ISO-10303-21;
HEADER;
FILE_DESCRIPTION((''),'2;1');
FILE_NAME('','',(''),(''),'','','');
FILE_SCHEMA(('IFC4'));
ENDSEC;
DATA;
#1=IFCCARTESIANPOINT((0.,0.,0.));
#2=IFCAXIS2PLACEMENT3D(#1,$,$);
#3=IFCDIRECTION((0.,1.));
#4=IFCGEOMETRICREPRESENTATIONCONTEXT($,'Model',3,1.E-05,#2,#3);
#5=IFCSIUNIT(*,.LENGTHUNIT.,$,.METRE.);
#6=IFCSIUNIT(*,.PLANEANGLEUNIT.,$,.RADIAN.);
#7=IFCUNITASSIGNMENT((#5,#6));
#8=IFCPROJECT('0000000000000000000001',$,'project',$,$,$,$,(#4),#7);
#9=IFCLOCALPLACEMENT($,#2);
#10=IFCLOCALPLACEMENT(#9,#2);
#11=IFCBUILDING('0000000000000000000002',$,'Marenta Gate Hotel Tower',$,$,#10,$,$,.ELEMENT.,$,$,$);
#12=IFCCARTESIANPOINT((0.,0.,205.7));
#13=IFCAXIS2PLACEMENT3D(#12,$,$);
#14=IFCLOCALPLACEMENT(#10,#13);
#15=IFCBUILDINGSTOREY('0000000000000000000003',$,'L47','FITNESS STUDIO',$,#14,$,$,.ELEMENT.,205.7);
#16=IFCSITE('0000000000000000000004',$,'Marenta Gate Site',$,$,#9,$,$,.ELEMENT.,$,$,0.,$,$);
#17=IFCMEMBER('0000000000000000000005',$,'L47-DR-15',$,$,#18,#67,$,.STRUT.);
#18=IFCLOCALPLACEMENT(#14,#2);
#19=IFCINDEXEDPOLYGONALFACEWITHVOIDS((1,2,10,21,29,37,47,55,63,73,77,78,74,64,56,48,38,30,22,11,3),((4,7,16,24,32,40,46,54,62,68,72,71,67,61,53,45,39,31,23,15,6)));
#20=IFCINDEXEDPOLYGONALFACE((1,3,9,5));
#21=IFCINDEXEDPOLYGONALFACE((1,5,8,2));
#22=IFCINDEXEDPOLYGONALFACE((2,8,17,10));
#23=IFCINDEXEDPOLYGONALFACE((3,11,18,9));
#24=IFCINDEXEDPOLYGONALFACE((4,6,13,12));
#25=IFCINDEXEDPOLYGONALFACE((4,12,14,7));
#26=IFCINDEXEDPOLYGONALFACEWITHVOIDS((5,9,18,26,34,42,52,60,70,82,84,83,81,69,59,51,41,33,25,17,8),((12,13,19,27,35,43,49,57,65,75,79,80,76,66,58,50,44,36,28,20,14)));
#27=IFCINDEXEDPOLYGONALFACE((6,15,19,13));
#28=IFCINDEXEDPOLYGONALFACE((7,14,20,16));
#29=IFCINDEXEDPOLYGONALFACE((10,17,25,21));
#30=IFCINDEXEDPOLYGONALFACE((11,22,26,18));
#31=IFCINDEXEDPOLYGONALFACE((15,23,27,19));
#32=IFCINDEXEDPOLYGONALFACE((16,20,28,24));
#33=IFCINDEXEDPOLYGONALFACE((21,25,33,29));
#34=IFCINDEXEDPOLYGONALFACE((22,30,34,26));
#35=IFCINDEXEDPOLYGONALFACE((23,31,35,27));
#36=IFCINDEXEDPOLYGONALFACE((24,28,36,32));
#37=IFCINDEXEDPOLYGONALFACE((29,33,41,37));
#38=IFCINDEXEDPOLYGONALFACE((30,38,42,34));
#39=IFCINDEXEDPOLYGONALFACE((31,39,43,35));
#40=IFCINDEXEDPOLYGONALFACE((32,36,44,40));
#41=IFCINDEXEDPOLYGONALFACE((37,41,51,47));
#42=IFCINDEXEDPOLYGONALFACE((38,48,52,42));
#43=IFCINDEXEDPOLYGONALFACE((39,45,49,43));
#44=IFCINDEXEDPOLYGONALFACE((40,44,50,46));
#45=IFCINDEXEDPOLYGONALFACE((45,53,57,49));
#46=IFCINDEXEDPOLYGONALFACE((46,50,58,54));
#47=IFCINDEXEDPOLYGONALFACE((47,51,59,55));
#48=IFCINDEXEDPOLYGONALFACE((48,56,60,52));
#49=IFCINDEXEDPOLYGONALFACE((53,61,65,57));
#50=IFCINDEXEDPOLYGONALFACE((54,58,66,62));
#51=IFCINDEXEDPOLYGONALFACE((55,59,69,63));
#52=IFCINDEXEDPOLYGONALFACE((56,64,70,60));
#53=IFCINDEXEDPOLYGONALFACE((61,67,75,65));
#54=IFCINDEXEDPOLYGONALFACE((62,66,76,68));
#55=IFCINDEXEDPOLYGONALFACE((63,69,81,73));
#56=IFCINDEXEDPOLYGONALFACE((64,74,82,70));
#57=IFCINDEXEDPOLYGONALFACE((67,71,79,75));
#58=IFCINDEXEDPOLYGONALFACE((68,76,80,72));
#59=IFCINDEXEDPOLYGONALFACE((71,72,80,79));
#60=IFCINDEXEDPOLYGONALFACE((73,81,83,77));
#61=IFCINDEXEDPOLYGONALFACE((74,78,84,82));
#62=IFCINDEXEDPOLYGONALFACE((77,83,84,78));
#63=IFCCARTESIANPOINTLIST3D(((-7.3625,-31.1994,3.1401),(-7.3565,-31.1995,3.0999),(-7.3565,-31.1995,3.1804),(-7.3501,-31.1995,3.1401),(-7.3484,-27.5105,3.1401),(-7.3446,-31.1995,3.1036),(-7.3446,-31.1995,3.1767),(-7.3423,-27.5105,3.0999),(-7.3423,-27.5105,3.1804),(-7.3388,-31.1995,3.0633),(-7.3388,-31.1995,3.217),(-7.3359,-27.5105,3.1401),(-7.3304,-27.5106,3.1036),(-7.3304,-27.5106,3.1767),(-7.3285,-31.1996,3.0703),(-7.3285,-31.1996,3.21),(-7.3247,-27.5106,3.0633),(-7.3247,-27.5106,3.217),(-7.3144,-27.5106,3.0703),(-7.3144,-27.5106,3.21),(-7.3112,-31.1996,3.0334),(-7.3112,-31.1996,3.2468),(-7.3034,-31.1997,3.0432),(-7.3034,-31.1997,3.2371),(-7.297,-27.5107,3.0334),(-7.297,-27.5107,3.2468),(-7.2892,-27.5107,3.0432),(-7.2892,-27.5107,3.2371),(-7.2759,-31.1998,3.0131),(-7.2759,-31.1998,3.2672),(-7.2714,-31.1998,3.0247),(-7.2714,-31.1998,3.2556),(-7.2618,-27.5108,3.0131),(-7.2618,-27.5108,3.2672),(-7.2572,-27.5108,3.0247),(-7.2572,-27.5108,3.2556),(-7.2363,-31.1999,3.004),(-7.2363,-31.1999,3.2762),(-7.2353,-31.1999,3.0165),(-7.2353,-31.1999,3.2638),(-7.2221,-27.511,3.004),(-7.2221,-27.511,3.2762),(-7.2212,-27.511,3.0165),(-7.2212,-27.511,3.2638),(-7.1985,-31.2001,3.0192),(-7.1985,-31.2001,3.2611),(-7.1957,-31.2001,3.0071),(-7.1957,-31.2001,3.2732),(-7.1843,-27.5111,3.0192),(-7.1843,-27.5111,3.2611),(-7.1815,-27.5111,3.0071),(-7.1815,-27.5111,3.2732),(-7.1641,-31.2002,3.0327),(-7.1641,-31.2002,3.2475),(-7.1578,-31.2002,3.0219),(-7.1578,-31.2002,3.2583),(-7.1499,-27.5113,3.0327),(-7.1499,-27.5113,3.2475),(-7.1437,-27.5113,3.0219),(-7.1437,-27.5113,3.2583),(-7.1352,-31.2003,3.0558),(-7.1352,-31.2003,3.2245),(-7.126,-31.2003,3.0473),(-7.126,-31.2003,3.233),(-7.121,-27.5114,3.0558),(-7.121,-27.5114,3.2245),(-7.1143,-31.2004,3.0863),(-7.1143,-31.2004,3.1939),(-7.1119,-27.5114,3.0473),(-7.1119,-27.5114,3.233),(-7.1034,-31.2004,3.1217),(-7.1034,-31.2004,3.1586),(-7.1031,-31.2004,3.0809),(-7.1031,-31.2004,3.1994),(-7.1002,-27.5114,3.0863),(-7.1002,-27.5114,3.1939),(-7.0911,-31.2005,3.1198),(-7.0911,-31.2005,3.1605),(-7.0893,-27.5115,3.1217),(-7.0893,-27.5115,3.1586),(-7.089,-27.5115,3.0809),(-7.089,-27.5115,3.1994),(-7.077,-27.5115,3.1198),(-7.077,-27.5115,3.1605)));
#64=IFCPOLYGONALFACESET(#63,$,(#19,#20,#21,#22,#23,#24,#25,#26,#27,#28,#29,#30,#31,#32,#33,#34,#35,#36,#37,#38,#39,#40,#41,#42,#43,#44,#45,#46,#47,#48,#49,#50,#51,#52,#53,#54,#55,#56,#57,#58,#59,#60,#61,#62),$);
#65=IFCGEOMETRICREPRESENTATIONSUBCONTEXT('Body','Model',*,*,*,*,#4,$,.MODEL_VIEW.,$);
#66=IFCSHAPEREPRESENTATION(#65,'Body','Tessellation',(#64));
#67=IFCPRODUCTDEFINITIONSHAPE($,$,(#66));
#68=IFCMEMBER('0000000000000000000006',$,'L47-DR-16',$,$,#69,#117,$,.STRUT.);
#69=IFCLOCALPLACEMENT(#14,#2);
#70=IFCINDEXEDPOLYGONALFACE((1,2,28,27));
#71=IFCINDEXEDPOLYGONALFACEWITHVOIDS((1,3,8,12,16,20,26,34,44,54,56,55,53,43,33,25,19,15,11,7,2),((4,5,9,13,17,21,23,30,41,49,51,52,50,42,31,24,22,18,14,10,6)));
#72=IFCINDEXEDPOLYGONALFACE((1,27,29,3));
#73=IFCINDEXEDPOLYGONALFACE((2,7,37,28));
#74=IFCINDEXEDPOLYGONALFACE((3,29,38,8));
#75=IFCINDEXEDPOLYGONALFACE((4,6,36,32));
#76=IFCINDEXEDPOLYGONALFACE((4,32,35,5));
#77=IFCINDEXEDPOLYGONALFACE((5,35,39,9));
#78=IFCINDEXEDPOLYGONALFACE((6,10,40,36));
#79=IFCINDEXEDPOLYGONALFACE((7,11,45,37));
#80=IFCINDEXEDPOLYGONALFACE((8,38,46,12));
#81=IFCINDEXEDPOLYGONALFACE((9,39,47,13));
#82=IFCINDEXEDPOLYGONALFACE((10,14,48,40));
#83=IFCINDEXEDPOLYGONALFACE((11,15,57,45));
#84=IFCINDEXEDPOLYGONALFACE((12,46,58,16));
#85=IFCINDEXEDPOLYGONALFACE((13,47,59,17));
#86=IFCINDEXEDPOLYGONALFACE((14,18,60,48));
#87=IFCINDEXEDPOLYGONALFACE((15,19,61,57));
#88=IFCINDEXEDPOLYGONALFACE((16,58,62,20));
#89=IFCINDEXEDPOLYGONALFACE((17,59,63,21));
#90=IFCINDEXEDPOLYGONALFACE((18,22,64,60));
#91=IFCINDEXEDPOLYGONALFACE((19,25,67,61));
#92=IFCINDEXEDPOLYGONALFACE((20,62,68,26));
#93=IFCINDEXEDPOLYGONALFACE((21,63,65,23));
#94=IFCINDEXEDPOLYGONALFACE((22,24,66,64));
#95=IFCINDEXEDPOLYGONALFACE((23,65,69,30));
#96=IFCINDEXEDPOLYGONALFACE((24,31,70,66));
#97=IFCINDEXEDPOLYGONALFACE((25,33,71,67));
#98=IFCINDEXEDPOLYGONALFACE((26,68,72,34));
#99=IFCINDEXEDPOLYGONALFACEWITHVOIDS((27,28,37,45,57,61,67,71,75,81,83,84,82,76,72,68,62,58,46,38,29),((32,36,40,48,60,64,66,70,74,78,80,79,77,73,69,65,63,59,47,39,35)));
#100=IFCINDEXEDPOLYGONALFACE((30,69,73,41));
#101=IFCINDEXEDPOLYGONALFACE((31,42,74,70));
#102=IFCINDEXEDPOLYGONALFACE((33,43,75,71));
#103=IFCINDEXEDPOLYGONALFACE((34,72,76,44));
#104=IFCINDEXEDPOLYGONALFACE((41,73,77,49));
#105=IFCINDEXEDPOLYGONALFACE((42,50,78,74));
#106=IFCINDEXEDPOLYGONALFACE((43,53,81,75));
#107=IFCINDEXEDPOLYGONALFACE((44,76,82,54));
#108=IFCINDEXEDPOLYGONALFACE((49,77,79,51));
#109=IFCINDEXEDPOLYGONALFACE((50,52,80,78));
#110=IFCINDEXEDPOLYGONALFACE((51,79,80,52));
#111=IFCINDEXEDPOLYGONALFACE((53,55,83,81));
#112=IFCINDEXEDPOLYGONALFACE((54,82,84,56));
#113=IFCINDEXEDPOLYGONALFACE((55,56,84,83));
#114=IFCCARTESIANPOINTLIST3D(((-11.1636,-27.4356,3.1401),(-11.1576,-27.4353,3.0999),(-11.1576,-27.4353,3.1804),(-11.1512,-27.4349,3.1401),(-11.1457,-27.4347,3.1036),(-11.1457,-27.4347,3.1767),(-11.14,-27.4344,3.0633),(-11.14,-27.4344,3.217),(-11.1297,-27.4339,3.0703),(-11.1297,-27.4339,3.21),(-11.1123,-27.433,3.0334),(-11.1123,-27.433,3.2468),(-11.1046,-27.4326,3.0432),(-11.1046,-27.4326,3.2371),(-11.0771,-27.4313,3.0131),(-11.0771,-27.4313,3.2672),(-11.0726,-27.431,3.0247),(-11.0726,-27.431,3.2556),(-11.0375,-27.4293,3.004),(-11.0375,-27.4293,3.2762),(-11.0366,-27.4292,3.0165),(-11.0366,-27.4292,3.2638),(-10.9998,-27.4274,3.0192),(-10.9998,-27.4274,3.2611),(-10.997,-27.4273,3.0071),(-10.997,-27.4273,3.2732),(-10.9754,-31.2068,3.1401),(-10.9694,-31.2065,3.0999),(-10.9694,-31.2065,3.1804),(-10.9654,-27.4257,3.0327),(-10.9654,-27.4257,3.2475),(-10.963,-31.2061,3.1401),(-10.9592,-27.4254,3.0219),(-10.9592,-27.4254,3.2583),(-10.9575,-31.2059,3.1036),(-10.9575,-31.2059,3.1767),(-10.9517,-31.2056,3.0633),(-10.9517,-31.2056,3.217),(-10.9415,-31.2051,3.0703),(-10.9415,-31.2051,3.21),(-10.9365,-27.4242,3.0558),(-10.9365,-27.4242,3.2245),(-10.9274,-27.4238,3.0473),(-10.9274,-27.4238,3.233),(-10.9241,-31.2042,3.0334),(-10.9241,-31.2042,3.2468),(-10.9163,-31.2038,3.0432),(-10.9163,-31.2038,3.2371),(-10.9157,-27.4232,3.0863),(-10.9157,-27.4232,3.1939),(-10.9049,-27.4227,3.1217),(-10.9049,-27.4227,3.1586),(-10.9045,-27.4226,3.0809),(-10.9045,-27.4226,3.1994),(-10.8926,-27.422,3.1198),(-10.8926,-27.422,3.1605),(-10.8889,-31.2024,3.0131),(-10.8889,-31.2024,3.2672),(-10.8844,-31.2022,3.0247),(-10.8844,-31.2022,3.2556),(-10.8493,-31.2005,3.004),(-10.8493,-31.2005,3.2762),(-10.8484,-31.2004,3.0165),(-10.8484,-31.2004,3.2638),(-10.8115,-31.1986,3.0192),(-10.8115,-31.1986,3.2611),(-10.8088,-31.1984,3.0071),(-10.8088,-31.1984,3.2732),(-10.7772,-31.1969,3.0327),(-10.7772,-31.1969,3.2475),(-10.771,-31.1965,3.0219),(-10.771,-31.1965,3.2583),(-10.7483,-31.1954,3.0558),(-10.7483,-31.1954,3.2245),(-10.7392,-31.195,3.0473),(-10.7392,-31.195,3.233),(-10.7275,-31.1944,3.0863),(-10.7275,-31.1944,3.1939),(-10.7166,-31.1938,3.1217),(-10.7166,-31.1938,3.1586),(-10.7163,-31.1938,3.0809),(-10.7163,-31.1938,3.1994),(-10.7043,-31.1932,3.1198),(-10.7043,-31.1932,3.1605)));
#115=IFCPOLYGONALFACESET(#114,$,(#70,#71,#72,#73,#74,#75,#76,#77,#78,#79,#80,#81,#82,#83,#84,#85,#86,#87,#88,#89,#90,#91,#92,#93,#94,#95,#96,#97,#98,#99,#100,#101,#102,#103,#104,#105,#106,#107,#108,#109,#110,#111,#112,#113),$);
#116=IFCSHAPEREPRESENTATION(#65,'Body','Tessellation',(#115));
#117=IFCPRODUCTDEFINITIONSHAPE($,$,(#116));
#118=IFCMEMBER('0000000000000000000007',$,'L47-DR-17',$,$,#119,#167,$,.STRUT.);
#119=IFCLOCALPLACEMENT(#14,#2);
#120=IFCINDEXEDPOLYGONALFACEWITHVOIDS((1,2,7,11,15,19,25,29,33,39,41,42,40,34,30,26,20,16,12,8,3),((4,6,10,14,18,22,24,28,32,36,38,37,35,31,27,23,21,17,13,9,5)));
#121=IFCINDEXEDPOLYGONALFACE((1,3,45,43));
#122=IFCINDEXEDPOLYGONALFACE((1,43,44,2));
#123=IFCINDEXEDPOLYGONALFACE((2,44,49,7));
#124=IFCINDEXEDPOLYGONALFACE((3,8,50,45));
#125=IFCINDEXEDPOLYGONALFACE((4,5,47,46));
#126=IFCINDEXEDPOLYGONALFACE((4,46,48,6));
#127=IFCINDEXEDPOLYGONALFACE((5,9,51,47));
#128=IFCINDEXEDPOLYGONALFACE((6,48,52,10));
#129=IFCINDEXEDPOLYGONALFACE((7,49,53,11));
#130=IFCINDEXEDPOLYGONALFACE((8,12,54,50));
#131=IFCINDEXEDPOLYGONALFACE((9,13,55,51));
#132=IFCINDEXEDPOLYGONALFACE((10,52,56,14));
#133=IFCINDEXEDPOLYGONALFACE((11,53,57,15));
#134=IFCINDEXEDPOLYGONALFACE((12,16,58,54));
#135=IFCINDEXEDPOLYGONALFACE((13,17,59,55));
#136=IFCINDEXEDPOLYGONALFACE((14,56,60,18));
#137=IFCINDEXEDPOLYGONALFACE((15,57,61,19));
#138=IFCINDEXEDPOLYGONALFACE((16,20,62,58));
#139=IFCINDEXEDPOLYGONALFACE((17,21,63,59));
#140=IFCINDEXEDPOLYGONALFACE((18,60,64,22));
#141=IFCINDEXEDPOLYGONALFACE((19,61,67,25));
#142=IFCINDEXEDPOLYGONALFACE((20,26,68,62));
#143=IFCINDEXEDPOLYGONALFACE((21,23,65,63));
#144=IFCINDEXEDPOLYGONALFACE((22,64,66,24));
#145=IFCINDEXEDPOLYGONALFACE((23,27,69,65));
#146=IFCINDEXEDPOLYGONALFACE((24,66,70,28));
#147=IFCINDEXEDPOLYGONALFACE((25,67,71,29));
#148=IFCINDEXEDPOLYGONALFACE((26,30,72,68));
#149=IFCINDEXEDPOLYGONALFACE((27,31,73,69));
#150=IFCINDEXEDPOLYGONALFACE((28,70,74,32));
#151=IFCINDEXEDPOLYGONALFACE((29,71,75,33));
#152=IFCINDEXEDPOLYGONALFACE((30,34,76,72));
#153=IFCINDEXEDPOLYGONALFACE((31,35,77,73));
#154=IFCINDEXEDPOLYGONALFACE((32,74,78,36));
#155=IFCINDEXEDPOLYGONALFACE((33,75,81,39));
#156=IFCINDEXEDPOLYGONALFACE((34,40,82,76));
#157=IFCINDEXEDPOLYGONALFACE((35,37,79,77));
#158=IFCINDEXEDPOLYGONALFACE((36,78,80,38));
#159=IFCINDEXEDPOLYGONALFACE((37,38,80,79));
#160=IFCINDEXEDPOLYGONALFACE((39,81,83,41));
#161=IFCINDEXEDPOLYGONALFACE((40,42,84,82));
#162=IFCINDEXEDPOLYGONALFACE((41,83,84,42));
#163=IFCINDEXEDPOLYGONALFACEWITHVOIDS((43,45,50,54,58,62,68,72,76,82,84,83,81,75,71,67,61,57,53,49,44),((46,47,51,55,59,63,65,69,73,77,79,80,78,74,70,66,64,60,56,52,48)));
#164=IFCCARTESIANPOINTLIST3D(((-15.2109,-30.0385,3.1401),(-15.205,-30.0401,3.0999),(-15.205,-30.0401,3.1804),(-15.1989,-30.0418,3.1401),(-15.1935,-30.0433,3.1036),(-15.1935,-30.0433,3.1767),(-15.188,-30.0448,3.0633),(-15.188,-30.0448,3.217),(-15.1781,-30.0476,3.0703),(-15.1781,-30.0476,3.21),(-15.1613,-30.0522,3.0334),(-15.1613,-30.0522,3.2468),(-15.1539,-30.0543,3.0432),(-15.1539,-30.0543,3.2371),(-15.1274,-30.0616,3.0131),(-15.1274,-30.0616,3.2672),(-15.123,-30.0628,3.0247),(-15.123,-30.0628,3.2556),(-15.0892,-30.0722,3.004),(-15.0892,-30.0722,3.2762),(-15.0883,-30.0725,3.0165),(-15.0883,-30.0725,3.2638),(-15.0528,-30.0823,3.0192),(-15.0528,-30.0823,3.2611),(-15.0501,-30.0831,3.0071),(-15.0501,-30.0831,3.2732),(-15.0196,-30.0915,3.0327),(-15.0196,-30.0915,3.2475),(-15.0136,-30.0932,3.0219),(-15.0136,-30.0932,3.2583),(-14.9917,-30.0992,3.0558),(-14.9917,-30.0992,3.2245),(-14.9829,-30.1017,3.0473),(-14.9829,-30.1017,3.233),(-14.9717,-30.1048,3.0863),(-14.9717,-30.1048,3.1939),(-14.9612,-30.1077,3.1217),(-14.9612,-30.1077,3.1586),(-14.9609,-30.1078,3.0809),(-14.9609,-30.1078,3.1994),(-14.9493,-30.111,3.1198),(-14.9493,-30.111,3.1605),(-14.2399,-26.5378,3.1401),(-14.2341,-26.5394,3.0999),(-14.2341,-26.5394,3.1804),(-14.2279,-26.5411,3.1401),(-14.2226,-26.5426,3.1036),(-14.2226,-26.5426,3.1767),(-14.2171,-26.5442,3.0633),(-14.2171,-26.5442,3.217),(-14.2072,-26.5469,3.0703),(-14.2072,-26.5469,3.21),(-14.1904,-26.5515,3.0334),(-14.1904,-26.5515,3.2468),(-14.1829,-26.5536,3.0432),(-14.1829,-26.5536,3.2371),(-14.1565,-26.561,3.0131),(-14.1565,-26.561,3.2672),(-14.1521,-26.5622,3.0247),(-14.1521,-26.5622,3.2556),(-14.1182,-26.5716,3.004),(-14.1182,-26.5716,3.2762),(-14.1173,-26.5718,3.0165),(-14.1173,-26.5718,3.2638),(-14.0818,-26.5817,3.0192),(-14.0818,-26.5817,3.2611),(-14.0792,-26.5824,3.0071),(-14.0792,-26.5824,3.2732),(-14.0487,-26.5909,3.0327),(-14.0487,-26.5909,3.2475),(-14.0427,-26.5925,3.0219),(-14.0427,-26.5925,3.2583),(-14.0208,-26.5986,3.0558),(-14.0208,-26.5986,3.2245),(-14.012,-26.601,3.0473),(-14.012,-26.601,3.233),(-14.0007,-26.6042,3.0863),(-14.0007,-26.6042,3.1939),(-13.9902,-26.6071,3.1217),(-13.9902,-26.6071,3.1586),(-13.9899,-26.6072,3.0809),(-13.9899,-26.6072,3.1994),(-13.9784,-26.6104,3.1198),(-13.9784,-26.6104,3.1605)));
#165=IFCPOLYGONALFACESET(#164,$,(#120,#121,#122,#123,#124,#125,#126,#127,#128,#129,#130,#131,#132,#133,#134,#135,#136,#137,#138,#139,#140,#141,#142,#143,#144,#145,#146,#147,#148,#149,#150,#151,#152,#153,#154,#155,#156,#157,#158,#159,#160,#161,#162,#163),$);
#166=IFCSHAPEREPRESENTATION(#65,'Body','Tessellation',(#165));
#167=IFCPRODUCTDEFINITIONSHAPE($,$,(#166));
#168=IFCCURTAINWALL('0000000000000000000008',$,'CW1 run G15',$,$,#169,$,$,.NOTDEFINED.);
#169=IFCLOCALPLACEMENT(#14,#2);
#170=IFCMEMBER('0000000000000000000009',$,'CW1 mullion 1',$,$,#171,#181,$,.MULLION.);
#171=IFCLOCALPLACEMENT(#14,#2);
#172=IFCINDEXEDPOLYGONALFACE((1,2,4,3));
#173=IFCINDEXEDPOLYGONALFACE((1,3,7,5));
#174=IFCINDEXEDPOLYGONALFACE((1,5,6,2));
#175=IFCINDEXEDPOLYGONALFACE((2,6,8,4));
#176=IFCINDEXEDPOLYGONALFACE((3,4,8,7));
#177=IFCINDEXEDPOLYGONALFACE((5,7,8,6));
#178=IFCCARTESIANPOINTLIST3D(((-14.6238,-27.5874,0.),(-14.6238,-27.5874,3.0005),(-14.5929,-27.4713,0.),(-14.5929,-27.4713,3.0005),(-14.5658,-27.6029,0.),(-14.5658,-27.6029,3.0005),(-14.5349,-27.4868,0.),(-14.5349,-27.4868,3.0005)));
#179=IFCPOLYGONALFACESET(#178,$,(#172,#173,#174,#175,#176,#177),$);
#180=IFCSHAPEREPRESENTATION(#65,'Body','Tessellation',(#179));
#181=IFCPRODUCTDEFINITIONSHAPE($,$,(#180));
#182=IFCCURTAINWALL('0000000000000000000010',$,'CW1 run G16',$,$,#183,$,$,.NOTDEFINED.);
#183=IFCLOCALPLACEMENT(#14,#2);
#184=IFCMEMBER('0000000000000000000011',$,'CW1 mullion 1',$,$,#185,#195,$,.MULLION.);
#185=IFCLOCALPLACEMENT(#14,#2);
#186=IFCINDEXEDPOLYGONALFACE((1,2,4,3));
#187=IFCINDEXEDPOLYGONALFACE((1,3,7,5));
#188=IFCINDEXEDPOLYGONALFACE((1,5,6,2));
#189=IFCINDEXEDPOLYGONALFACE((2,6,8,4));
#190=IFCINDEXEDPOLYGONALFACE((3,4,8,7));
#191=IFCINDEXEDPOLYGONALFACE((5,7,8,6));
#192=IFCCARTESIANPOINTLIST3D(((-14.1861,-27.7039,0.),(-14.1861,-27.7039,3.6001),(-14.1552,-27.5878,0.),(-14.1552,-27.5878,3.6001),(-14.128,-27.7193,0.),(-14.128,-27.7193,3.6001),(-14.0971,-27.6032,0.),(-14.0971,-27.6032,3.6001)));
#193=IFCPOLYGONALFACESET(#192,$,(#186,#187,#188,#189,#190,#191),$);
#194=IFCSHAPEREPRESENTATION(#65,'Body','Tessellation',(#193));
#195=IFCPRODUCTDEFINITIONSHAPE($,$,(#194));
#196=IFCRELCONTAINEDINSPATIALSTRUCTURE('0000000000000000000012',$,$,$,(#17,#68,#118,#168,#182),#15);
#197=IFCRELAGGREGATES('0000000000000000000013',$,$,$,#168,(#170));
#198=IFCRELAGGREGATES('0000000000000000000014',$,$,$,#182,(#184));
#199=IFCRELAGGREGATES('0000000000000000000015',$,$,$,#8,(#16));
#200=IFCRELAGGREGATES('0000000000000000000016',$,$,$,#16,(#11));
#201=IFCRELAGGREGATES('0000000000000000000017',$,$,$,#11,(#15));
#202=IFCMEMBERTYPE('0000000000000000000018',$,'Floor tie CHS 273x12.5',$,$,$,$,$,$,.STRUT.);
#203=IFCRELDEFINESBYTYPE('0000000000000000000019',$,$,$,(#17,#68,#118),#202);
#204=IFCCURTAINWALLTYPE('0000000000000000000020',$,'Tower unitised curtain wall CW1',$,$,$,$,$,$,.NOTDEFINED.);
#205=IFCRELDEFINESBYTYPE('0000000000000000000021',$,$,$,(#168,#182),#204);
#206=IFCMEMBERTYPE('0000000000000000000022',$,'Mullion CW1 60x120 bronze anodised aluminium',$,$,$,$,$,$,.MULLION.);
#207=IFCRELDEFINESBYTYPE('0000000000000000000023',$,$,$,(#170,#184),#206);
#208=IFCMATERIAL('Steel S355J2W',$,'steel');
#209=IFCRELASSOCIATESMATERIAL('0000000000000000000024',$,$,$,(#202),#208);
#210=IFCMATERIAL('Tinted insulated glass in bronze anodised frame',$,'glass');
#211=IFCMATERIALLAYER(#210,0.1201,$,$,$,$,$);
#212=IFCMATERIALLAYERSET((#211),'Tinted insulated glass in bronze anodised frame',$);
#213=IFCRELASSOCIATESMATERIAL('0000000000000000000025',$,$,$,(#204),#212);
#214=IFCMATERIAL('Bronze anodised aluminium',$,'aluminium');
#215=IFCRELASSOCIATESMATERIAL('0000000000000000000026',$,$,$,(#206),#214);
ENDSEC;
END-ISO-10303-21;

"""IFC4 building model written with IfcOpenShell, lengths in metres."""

from ifc_helpers import new_model, si_unit, direction, frame, origin, origin_2d, place, context, subcontext, project, spatial, rectangle, hollow_circle, extrude, material, layer, layer_set, material_profile, profile_set, type_object, element, aggregate, save


model = new_model("IFC4")

# Units and contexts
model_context = context("Model", 3, precision=1e-05, world=origin(), true_north=direction((0.0, 1.0)))
body_context = subcontext(model_context, "Body", "Model", "MODEL_VIEW")
ifc_project = project(units=[si_unit("LENGTHUNIT", "METRE"), si_unit("PLANEANGLEUNIT", "RADIAN")], contexts=[model_context])

# Site, building, storey
site_placement = place(None, origin())
site = spatial("IfcSite", under=ifc_project, at=site_placement, Name="Marenta Gate Site", CompositionType="ELEMENT", RefElevation=0.0)
building_placement = place(site_placement, origin())
building = spatial("IfcBuilding", under=site, at=building_placement, Name="Marenta Gate Hotel Tower", CompositionType="ELEMENT")
storey_placement = place(building_placement, frame((0.0, 0.0, 205.7)))
storey = spatial("IfcBuildingStorey", under=building, at=storey_placement, Name="L47", Description="FITNESS STUDIO", CompositionType="ELEMENT", Elevation=205.7)

# Members
ifc_material_1 = material(Name="Steel S355J2W", Category="steel")
ifc_material_profile_1 = material_profile(ifc_material_1, hollow_circle(Radius=0.1365, WallThickness=0.0125, at=origin_2d()), Name="CHS 273x12.5")
ifc_profile_set_1 = profile_set([ifc_material_profile_1], Name="Steel S355J2W")
member_type_1 = type_object("IfcMemberType", Name="Floor tie CHS 273x12.5", PredefinedType="STRUT", material=ifc_profile_set_1)
member_1_placement = place(storey_placement, frame((-7.2261, -31.2, 3.1401), z_axis=(0.003838, 0.999993, 0.0), x_axis=(-0.999993, 0.003838, 0.0)))
element("IfcMember", 1, at=member_1_placement, inside=storey, type_object=member_type_1, Name="L47-DR-15", PredefinedType="STRUT", context=body_context, shape_type="SweptSolid", body=[
    extrude(hollow_circle(Radius=0.1365, WallThickness=0.0125, at=origin_2d()), origin(), (0.0, 0.0, 1.0), 3.689),
])
member_2_placement = place(storey_placement, frame((-10.8391, -31.2, 3.1401), z_axis=(-0.049851, 0.998757, 0.0), x_axis=(-0.998757, -0.049851, 0.0)))
element("IfcMember", 2, at=member_2_placement, inside=storey, type_object=member_type_1, Name="L47-DR-16", PredefinedType="STRUT", context=body_context, shape_type="SweptSolid", body=[
    extrude(hollow_circle(Radius=0.1365, WallThickness=0.0125, at=origin_2d()), origin(), (0.0, 0.0, 1.0), 3.7759),
])
member_3_placement = place(storey_placement, frame((-15.0793, -30.075, 3.1401), z_axis=(0.267266, 0.963623, 0.0), x_axis=(-0.963623, 0.267266, 0.0)))
element("IfcMember", 3, at=member_3_placement, inside=storey, type_object=member_type_1, Name="L47-DR-17", PredefinedType="STRUT", context=body_context, shape_type="SweptSolid", body=[
    extrude(hollow_circle(Radius=0.1365, WallThickness=0.0125, at=origin_2d()), origin(), (0.0, 0.0, 1.0), 3.6328),
])

# Curtain walls, members
ifc_material_2 = material(Name="Tinted insulated glass in bronze anodised frame", Category="glass")
ifc_layer_1 = layer(ifc_material_2, 0.1201)
ifc_layer_set_1 = layer_set([ifc_layer_1], Name="Tinted insulated glass in bronze anodised frame")
curtain_wall_type = type_object("IfcCurtainWallType", Name="Tower unitised curtain wall CW1", PredefinedType="NOTDEFINED", material=ifc_layer_set_1)
curtain_wall_1_placement = place(storey_placement, origin())
curtain_wall_1 = element("IfcCurtainWall", 4, at=curtain_wall_1_placement, inside=storey, type_object=curtain_wall_type, Name="CW1 run G15", PredefinedType="NOTDEFINED")
ifc_material_3 = material(Name="Bronze anodised aluminium", Category="aluminium")
ifc_material_profile_2 = material_profile(ifc_material_3, rectangle(XDim=0.1201, YDim=0.0601, at=origin_2d()), Name="Mullion CW1 60x120 bronze anodised aluminium")
ifc_profile_set_2 = profile_set([ifc_material_profile_2], Name="Bronze anodised aluminium")
member_type_2 = type_object("IfcMemberType", Name="Mullion CW1 60x120 bronze anodised aluminium", PredefinedType="MULLION", material=ifc_profile_set_2)
member_4_placement = place(storey_placement, frame((-14.5793, -27.5371, 0.0), z_axis=(0.0, 0.0, 1.0), x_axis=(0.257154, 0.96637, 0.0)))
member_4 = element("IfcMember", 5, at=member_4_placement, type_object=member_type_2, Name="CW1 mullion 1", PredefinedType="MULLION", context=body_context, shape_type="SweptSolid", body=[
    extrude(rectangle(XDim=0.1201, YDim=0.0601, at=origin_2d()), origin(), (0.0, 0.0, 1.0), 3.0005),
])
curtain_wall_2_placement = place(storey_placement, origin())
curtain_wall_2 = element("IfcCurtainWall", 6, at=curtain_wall_2_placement, inside=storey, type_object=curtain_wall_type, Name="CW1 run G16", PredefinedType="NOTDEFINED")
member_5_placement = place(storey_placement, frame((-14.1416, -27.6536, 0.0), z_axis=(0.0, 0.0, 1.0), x_axis=(0.257117, 0.96638, 0.0)))
member_5 = element("IfcMember", 7, at=member_5_placement, type_object=member_type_2, Name="CW1 mullion 1", PredefinedType="MULLION", context=body_context, shape_type="SweptSolid", body=[
    extrude(rectangle(XDim=0.1201, YDim=0.0601, at=origin_2d()), origin(), (0.0, 0.0, 1.0), 3.6001),
])

aggregate(curtain_wall_1, [member_4])
aggregate(curtain_wall_2, [member_5])

save(model, "model.ifc")
